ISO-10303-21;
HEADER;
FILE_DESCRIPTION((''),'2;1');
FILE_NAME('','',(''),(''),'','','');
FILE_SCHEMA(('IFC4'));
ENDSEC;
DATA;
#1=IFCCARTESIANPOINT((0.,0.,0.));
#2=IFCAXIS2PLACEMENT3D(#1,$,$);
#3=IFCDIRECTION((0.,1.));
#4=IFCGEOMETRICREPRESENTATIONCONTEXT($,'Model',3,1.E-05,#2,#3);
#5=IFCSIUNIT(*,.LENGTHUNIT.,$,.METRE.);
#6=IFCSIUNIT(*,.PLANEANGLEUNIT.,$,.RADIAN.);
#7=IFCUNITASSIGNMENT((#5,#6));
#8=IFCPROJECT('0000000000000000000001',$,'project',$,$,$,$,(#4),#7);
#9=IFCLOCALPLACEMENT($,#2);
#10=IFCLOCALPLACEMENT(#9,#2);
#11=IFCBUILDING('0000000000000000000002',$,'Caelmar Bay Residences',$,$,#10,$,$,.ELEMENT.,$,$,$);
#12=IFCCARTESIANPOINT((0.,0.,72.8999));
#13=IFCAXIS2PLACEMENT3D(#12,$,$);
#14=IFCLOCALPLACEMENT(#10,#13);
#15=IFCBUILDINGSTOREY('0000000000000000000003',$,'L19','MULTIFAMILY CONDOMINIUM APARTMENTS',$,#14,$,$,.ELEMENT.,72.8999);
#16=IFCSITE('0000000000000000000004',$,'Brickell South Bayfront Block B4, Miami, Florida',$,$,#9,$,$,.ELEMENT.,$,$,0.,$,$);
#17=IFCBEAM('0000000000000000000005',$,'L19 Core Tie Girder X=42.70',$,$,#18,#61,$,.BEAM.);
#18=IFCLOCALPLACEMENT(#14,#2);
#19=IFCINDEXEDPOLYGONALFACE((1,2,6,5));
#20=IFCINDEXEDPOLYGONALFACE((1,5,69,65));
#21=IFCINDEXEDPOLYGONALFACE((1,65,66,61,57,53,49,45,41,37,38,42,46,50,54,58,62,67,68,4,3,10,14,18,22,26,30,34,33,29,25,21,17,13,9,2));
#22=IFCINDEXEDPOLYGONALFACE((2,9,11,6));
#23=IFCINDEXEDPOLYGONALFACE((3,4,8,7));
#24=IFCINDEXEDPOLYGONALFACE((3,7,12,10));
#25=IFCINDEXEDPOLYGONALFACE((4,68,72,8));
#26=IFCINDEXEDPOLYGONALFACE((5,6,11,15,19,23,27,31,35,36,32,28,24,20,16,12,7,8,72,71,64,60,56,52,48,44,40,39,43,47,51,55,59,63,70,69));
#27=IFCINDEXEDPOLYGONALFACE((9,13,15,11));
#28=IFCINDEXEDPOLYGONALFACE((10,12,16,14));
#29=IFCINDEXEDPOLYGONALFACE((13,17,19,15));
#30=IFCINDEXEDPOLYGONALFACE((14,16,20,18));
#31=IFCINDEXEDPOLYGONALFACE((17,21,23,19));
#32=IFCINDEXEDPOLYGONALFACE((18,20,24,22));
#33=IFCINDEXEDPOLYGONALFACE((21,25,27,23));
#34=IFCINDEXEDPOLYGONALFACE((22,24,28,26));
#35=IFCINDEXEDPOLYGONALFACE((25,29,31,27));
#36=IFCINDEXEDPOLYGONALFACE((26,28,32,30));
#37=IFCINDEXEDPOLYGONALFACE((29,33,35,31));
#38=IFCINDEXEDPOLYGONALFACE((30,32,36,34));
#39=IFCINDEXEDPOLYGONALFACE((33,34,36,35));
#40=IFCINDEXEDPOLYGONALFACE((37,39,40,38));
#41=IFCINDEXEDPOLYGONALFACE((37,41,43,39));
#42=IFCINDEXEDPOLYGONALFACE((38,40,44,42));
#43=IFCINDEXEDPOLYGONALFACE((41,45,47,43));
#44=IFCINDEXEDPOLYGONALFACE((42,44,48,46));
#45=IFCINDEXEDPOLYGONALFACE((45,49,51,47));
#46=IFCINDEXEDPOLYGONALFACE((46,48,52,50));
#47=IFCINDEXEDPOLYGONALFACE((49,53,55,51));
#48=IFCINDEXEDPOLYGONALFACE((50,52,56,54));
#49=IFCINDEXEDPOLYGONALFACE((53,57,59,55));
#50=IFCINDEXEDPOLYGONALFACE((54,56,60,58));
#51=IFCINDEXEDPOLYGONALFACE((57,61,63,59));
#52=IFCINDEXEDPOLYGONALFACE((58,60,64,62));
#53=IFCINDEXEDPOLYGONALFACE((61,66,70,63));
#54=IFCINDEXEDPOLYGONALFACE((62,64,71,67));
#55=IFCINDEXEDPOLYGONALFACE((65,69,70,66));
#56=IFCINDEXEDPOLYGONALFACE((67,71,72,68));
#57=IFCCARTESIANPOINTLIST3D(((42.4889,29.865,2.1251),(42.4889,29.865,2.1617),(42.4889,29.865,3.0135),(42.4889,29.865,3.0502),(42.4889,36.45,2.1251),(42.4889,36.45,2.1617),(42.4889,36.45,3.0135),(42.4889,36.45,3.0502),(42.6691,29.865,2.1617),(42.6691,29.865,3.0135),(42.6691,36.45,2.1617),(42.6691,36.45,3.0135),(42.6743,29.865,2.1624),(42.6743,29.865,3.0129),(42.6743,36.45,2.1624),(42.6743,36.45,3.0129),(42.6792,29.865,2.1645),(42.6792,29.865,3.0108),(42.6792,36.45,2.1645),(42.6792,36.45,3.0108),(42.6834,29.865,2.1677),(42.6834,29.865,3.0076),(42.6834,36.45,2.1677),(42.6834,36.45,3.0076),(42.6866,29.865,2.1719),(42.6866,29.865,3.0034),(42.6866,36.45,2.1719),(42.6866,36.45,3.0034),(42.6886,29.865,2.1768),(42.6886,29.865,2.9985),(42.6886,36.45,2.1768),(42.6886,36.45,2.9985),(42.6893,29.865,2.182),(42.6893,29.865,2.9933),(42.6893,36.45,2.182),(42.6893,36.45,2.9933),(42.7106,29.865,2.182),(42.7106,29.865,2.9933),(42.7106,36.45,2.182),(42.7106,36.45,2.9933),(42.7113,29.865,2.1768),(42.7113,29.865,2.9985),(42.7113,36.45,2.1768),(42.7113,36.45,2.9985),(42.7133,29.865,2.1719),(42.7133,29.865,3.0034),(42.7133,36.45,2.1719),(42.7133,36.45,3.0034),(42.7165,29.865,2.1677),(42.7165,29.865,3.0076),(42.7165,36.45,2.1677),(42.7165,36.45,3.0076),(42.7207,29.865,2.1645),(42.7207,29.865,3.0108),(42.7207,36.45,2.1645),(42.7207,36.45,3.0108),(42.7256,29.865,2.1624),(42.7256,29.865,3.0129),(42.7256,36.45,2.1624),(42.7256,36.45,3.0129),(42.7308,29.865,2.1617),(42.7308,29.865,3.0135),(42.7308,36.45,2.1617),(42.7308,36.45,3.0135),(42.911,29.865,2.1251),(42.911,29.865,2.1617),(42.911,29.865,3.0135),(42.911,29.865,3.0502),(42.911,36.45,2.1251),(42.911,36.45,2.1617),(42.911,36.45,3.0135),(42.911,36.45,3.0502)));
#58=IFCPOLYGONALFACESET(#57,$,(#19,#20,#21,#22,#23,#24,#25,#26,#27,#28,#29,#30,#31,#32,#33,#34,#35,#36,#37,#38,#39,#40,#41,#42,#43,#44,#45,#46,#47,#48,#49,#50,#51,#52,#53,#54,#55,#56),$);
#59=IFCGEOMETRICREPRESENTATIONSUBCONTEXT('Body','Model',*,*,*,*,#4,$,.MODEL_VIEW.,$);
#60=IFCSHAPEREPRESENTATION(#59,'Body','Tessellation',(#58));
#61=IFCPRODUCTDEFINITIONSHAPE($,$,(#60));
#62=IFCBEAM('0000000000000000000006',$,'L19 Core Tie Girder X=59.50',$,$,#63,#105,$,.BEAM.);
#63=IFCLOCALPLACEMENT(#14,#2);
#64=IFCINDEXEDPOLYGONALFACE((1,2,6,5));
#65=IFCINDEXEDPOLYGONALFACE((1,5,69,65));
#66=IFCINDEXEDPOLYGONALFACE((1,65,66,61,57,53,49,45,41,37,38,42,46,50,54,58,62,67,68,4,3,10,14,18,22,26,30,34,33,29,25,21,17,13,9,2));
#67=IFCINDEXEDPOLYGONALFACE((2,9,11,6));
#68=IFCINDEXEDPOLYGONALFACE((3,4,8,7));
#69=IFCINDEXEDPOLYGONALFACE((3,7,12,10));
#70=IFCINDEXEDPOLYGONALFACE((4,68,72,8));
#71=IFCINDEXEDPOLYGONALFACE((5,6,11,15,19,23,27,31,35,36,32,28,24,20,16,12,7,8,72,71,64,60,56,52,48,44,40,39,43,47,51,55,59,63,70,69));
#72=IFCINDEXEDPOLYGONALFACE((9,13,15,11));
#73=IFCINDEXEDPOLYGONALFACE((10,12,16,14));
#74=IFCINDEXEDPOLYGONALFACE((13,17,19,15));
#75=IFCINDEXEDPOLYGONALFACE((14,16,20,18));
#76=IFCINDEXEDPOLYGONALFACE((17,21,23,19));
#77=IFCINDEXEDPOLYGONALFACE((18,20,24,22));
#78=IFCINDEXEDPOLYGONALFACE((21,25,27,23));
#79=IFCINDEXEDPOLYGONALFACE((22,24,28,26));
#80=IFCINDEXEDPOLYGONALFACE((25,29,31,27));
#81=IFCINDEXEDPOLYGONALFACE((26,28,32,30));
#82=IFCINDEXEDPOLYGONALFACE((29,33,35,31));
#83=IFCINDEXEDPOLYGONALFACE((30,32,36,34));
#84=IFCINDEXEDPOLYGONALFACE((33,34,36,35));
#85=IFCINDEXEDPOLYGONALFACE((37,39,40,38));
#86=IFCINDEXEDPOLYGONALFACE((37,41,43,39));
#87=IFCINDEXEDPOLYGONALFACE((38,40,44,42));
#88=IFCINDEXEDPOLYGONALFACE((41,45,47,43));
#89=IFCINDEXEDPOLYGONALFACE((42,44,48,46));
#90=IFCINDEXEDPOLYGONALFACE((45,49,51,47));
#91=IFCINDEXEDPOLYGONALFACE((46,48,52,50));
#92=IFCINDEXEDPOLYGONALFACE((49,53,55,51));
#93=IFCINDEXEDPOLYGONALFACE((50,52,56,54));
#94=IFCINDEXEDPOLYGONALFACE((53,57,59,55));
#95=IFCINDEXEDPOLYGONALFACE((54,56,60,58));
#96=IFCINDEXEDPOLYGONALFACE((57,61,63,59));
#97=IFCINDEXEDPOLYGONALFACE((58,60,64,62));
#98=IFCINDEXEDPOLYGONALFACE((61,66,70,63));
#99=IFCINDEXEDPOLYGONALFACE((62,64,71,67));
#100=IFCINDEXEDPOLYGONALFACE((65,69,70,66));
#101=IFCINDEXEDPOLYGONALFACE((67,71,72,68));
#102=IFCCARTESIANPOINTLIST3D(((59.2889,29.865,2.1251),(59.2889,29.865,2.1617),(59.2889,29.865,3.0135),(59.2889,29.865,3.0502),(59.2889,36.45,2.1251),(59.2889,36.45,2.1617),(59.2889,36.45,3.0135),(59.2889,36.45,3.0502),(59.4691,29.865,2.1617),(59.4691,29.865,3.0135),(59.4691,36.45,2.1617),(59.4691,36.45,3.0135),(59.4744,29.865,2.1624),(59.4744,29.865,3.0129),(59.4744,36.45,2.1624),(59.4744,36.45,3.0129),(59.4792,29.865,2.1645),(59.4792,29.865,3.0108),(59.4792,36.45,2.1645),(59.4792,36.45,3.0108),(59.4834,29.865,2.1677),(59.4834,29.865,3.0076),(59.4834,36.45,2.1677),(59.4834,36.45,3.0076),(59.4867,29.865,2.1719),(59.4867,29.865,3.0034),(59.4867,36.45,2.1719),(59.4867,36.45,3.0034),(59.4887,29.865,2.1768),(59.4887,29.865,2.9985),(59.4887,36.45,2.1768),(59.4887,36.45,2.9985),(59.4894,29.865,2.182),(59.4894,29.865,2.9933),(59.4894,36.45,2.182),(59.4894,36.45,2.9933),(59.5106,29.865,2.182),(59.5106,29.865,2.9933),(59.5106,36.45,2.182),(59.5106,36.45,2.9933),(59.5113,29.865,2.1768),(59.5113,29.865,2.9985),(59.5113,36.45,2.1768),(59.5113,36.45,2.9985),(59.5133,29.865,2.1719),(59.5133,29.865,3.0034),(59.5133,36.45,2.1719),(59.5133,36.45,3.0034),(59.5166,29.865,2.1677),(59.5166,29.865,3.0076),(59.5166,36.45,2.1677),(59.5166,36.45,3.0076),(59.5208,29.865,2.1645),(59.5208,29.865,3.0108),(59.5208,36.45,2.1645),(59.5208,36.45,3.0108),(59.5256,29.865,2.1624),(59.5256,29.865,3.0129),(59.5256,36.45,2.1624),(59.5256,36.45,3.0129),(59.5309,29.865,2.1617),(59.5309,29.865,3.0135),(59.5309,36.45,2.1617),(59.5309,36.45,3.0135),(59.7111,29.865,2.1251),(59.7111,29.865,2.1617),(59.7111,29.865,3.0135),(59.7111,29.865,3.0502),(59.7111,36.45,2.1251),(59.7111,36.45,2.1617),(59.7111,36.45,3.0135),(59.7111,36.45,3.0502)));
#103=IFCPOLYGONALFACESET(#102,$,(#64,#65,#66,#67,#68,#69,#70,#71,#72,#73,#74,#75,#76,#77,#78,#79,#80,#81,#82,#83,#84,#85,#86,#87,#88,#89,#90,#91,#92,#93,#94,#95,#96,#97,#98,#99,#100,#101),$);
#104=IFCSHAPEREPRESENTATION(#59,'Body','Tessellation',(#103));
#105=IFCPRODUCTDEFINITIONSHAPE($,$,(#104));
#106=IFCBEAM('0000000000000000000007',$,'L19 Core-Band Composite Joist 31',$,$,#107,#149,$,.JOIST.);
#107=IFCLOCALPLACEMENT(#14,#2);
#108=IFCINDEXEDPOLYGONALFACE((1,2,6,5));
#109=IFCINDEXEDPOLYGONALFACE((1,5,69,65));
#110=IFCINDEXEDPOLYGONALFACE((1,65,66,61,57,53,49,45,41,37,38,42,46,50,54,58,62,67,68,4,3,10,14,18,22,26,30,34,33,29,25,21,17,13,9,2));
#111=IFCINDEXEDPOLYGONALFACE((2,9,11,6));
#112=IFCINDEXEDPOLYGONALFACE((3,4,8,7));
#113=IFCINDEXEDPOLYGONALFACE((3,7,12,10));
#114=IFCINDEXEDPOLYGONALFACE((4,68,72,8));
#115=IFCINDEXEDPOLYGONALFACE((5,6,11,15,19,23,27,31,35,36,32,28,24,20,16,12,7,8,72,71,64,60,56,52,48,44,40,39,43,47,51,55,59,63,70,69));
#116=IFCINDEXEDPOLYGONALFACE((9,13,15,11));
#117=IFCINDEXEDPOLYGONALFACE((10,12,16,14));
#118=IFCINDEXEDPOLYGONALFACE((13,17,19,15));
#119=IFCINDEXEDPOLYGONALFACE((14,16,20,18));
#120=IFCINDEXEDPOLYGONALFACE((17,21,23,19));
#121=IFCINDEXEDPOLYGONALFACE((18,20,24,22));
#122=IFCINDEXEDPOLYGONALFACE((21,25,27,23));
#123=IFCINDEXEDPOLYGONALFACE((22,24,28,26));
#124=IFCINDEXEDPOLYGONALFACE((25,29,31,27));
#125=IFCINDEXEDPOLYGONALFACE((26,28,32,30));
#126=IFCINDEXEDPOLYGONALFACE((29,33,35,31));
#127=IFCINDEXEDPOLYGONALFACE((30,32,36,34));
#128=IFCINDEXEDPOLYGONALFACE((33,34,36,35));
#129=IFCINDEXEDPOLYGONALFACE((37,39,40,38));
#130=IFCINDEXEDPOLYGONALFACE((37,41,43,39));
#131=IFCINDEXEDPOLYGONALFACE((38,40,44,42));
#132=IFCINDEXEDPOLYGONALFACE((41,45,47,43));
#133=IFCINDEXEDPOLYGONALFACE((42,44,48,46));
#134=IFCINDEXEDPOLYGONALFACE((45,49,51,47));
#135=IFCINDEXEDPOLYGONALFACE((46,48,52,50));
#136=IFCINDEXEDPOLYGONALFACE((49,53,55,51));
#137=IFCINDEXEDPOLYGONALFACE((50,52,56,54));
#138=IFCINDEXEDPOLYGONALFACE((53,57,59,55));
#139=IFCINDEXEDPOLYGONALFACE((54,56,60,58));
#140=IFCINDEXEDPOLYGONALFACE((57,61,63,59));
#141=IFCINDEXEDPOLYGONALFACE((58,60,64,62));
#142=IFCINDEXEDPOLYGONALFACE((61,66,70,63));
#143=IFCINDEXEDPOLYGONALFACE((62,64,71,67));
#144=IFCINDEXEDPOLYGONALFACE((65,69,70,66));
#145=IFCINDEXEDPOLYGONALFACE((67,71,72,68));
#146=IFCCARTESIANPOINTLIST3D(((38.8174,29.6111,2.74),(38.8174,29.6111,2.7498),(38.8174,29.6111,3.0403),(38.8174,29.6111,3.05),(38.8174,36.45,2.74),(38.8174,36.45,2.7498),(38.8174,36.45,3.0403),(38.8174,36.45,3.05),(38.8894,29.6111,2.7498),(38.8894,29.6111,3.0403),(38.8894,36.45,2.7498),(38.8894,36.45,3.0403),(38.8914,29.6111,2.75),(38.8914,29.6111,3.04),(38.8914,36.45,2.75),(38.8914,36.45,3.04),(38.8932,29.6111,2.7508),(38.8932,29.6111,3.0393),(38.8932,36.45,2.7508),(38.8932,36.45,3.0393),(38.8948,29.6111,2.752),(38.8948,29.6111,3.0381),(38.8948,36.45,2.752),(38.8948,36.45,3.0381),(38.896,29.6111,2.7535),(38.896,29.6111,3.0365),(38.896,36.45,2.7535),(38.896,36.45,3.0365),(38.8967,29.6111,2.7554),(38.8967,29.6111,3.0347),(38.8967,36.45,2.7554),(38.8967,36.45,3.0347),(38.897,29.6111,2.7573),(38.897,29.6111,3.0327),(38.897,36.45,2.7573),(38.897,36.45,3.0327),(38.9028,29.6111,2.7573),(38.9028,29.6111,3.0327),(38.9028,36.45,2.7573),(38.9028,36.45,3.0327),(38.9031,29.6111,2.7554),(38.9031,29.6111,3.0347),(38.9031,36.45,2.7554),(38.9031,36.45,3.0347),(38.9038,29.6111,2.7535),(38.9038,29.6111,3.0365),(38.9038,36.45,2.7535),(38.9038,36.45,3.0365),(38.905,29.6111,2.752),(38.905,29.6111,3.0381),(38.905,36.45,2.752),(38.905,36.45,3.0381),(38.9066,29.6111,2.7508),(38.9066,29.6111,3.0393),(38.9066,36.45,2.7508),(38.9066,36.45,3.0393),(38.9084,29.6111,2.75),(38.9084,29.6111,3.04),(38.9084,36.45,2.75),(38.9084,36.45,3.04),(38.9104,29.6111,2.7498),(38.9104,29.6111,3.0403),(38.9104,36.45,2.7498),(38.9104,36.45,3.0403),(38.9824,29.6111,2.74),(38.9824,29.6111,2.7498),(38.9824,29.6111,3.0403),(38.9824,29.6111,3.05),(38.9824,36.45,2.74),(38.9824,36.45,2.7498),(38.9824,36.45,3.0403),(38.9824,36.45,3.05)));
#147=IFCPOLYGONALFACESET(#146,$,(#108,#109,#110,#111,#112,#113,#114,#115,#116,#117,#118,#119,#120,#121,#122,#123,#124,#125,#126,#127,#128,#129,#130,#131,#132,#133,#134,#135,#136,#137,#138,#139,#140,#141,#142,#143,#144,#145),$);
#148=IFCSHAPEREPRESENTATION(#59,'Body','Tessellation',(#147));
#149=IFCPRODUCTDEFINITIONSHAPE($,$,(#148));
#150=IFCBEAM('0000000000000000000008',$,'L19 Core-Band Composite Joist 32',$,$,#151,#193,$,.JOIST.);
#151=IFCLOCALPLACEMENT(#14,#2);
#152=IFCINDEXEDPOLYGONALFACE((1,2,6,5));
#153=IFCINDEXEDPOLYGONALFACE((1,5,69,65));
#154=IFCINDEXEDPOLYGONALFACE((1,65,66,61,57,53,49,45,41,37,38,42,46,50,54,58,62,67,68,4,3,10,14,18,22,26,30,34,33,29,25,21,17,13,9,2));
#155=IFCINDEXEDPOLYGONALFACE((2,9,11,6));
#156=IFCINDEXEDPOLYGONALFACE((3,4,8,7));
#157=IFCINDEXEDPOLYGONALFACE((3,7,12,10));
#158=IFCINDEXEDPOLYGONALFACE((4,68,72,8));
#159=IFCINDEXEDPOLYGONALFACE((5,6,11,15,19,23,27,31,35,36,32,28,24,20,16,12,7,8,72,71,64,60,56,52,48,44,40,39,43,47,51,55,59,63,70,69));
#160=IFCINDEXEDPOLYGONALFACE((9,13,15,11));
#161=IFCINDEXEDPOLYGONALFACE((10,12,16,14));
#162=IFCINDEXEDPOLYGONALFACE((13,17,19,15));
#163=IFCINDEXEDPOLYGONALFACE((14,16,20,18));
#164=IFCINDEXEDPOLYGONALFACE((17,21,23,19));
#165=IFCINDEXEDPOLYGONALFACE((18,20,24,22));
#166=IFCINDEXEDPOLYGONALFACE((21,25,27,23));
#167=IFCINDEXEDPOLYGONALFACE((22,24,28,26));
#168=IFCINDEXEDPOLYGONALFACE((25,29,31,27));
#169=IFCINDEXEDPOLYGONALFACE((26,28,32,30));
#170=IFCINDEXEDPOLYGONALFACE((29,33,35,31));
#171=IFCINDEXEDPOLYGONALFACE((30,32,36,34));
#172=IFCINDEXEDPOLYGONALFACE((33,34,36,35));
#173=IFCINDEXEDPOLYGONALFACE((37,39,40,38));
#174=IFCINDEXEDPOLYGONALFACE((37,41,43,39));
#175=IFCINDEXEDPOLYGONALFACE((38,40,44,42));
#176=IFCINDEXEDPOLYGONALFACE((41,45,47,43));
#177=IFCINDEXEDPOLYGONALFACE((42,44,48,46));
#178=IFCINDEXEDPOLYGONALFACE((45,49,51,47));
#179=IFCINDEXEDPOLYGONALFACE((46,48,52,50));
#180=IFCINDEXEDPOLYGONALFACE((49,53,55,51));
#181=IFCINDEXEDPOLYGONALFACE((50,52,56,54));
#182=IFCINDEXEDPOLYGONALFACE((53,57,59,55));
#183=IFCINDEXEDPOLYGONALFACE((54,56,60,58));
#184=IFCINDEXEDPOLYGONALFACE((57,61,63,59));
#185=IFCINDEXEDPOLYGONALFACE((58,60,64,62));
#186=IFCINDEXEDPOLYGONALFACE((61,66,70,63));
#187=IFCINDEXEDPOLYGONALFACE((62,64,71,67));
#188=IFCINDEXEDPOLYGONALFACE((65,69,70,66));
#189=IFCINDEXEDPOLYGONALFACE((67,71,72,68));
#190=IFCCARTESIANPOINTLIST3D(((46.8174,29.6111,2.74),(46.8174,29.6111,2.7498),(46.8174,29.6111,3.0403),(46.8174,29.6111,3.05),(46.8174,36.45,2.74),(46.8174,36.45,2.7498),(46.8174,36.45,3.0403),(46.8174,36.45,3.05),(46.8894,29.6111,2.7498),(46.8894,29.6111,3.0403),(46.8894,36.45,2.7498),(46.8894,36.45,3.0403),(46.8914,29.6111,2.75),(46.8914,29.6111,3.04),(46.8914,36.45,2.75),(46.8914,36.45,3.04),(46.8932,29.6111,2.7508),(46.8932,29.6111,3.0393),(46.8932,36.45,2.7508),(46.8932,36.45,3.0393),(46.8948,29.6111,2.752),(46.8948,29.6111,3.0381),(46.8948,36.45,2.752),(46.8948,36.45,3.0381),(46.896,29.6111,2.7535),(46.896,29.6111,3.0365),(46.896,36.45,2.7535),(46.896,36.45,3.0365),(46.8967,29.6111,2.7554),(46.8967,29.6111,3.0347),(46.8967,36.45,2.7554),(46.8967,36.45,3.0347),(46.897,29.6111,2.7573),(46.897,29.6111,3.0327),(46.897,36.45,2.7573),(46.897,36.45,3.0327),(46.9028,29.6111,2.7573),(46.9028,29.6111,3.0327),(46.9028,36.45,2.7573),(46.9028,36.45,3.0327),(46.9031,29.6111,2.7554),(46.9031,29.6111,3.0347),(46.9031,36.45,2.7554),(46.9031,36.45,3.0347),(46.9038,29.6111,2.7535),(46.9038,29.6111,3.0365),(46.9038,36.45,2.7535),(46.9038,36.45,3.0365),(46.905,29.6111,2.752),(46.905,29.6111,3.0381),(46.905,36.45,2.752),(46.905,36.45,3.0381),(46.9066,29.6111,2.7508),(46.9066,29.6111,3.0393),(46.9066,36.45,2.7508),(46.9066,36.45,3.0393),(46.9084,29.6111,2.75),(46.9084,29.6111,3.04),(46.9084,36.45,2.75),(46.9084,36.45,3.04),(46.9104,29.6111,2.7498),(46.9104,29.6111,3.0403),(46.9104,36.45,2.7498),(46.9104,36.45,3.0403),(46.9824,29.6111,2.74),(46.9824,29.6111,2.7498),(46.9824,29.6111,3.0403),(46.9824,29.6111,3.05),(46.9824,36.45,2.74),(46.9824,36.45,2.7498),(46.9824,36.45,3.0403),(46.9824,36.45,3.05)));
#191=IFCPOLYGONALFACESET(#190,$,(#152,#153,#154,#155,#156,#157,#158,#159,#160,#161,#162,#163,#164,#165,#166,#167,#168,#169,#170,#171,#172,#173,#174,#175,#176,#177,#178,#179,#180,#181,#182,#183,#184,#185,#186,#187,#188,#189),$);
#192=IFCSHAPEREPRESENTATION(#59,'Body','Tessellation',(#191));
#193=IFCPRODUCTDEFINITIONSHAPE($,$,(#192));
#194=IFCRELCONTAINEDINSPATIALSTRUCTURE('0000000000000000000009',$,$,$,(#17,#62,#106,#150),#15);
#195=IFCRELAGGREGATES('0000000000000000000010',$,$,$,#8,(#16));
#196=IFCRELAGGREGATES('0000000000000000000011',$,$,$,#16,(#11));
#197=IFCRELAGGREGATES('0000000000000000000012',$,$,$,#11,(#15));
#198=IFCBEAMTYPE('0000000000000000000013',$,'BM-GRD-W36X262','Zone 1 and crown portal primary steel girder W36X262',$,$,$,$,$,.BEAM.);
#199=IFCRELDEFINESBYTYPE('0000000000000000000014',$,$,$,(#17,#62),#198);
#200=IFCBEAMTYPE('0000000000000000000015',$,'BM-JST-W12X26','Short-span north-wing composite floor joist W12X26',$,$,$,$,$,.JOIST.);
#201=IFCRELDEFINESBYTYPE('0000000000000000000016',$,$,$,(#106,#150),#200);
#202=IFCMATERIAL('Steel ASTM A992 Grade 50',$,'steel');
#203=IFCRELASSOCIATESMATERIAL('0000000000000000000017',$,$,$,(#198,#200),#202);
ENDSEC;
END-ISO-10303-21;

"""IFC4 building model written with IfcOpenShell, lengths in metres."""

from ifc_helpers import new_model, si_unit, direction, frame, origin, origin_2d, place, context, subcontext, project, spatial, i_section, extrude, material, material_profile, profile_set, type_object, element, save


model = new_model("IFC4")

# Units and contexts
model_context = context("Model", 3, precision=1e-05, world=origin(), true_north=direction((0.0, 1.0)))
body_context = subcontext(model_context, "Body", "Model", "MODEL_VIEW")
ifc_project = project(units=[si_unit("LENGTHUNIT", "METRE"), si_unit("PLANEANGLEUNIT", "RADIAN")], contexts=[model_context])

# Site, building, storey
site_placement = place(None, origin())
site = spatial("IfcSite", under=ifc_project, at=site_placement, Name="Brickell South Bayfront Block B4, Miami, Florida", CompositionType="ELEMENT", RefElevation=0.0)
building_placement = place(site_placement, origin())
building = spatial("IfcBuilding", under=site, at=building_placement, Name="Caelmar Bay Residences", CompositionType="ELEMENT")
storey_placement = place(building_placement, frame((0.0, 0.0, 72.8999)))
storey = spatial("IfcBuildingStorey", under=building, at=storey_placement, Name="L19", Description="MULTIFAMILY CONDOMINIUM APARTMENTS", CompositionType="ELEMENT", Elevation=72.8999)

# Beams
ifc_material_1 = material(Name="Steel ASTM A992 Grade 50", Category="steel")
ifc_material_profile_1 = material_profile(ifc_material_1, i_section(OverallWidth=0.4221, OverallDepth=0.925, WebThickness=0.0212, FlangeThickness=0.0366, FilletRadius=0.0203, at=origin_2d()), Name="W36X262")
ifc_profile_set_1 = profile_set([ifc_material_profile_1], Name="Steel ASTM A992 Grade 50")
beam_type_1 = type_object("IfcBeamType", Name="BM-GRD-W36X262", Description="Zone 1 and crown portal primary steel girder W36X262", PredefinedType="BEAM", material=ifc_profile_set_1)
for number, where, z_axis, x_axis, name in (
    (1, (42.7, 29.865, 2.5876), (0.0, 1.0, 0.0), (-1.0, 0.0, 0.0), "L19 Core Tie Girder X=42.70"),
    (2, (59.5, 29.865, 2.5876), (0.0, 1.0, 0.0), (-1.0, 0.0, 0.0), "L19 Core Tie Girder X=59.50"),
):
    element("IfcBeam", number, at=place(storey_placement, frame(where, z_axis=z_axis, x_axis=x_axis)), inside=storey, type_object=beam_type_1, Name=name, PredefinedType="BEAM", context=body_context, shape_type="SweptSolid", body=[
        extrude(i_section(OverallWidth=0.4221, OverallDepth=0.925, WebThickness=0.0212, FlangeThickness=0.0366, FilletRadius=0.0203, at=origin_2d()), origin(), (0.0, 0.0, 1.0), 6.585),
    ])
ifc_material_profile_2 = material_profile(ifc_material_1, i_section(OverallWidth=0.165, OverallDepth=0.3101, WebThickness=0.0059, FlangeThickness=0.0098, FilletRadius=0.0076, at=origin_2d()), Name="W12X26")
ifc_profile_set_2 = profile_set([ifc_material_profile_2], Name="Steel ASTM A992 Grade 50")
beam_type_2 = type_object("IfcBeamType", Name="BM-JST-W12X26", Description="Short-span north-wing composite floor joist W12X26", PredefinedType="JOIST", material=ifc_profile_set_2)
for number, where, z_axis, x_axis, name in (
    (3, (38.8999, 29.6111, 2.895), (0.0, 1.0, 0.0), (-1.0, 0.0, 0.0), "L19 Core-Band Composite Joist 31"),
    (4, (46.8999, 29.6111, 2.895), (0.0, 1.0, 0.0), (-1.0, 0.0, 0.0), "L19 Core-Band Composite Joist 32"),
):
    element("IfcBeam", number, at=place(storey_placement, frame(where, z_axis=z_axis, x_axis=x_axis)), inside=storey, type_object=beam_type_2, Name=name, PredefinedType="JOIST", context=body_context, shape_type="SweptSolid", body=[
        extrude(i_section(OverallWidth=0.165, OverallDepth=0.3101, WebThickness=0.0059, FlangeThickness=0.0098, FilletRadius=0.0076, at=origin_2d()), origin(), (0.0, 0.0, 1.0), 6.8389),
    ])

save(model, "model.ifc")
